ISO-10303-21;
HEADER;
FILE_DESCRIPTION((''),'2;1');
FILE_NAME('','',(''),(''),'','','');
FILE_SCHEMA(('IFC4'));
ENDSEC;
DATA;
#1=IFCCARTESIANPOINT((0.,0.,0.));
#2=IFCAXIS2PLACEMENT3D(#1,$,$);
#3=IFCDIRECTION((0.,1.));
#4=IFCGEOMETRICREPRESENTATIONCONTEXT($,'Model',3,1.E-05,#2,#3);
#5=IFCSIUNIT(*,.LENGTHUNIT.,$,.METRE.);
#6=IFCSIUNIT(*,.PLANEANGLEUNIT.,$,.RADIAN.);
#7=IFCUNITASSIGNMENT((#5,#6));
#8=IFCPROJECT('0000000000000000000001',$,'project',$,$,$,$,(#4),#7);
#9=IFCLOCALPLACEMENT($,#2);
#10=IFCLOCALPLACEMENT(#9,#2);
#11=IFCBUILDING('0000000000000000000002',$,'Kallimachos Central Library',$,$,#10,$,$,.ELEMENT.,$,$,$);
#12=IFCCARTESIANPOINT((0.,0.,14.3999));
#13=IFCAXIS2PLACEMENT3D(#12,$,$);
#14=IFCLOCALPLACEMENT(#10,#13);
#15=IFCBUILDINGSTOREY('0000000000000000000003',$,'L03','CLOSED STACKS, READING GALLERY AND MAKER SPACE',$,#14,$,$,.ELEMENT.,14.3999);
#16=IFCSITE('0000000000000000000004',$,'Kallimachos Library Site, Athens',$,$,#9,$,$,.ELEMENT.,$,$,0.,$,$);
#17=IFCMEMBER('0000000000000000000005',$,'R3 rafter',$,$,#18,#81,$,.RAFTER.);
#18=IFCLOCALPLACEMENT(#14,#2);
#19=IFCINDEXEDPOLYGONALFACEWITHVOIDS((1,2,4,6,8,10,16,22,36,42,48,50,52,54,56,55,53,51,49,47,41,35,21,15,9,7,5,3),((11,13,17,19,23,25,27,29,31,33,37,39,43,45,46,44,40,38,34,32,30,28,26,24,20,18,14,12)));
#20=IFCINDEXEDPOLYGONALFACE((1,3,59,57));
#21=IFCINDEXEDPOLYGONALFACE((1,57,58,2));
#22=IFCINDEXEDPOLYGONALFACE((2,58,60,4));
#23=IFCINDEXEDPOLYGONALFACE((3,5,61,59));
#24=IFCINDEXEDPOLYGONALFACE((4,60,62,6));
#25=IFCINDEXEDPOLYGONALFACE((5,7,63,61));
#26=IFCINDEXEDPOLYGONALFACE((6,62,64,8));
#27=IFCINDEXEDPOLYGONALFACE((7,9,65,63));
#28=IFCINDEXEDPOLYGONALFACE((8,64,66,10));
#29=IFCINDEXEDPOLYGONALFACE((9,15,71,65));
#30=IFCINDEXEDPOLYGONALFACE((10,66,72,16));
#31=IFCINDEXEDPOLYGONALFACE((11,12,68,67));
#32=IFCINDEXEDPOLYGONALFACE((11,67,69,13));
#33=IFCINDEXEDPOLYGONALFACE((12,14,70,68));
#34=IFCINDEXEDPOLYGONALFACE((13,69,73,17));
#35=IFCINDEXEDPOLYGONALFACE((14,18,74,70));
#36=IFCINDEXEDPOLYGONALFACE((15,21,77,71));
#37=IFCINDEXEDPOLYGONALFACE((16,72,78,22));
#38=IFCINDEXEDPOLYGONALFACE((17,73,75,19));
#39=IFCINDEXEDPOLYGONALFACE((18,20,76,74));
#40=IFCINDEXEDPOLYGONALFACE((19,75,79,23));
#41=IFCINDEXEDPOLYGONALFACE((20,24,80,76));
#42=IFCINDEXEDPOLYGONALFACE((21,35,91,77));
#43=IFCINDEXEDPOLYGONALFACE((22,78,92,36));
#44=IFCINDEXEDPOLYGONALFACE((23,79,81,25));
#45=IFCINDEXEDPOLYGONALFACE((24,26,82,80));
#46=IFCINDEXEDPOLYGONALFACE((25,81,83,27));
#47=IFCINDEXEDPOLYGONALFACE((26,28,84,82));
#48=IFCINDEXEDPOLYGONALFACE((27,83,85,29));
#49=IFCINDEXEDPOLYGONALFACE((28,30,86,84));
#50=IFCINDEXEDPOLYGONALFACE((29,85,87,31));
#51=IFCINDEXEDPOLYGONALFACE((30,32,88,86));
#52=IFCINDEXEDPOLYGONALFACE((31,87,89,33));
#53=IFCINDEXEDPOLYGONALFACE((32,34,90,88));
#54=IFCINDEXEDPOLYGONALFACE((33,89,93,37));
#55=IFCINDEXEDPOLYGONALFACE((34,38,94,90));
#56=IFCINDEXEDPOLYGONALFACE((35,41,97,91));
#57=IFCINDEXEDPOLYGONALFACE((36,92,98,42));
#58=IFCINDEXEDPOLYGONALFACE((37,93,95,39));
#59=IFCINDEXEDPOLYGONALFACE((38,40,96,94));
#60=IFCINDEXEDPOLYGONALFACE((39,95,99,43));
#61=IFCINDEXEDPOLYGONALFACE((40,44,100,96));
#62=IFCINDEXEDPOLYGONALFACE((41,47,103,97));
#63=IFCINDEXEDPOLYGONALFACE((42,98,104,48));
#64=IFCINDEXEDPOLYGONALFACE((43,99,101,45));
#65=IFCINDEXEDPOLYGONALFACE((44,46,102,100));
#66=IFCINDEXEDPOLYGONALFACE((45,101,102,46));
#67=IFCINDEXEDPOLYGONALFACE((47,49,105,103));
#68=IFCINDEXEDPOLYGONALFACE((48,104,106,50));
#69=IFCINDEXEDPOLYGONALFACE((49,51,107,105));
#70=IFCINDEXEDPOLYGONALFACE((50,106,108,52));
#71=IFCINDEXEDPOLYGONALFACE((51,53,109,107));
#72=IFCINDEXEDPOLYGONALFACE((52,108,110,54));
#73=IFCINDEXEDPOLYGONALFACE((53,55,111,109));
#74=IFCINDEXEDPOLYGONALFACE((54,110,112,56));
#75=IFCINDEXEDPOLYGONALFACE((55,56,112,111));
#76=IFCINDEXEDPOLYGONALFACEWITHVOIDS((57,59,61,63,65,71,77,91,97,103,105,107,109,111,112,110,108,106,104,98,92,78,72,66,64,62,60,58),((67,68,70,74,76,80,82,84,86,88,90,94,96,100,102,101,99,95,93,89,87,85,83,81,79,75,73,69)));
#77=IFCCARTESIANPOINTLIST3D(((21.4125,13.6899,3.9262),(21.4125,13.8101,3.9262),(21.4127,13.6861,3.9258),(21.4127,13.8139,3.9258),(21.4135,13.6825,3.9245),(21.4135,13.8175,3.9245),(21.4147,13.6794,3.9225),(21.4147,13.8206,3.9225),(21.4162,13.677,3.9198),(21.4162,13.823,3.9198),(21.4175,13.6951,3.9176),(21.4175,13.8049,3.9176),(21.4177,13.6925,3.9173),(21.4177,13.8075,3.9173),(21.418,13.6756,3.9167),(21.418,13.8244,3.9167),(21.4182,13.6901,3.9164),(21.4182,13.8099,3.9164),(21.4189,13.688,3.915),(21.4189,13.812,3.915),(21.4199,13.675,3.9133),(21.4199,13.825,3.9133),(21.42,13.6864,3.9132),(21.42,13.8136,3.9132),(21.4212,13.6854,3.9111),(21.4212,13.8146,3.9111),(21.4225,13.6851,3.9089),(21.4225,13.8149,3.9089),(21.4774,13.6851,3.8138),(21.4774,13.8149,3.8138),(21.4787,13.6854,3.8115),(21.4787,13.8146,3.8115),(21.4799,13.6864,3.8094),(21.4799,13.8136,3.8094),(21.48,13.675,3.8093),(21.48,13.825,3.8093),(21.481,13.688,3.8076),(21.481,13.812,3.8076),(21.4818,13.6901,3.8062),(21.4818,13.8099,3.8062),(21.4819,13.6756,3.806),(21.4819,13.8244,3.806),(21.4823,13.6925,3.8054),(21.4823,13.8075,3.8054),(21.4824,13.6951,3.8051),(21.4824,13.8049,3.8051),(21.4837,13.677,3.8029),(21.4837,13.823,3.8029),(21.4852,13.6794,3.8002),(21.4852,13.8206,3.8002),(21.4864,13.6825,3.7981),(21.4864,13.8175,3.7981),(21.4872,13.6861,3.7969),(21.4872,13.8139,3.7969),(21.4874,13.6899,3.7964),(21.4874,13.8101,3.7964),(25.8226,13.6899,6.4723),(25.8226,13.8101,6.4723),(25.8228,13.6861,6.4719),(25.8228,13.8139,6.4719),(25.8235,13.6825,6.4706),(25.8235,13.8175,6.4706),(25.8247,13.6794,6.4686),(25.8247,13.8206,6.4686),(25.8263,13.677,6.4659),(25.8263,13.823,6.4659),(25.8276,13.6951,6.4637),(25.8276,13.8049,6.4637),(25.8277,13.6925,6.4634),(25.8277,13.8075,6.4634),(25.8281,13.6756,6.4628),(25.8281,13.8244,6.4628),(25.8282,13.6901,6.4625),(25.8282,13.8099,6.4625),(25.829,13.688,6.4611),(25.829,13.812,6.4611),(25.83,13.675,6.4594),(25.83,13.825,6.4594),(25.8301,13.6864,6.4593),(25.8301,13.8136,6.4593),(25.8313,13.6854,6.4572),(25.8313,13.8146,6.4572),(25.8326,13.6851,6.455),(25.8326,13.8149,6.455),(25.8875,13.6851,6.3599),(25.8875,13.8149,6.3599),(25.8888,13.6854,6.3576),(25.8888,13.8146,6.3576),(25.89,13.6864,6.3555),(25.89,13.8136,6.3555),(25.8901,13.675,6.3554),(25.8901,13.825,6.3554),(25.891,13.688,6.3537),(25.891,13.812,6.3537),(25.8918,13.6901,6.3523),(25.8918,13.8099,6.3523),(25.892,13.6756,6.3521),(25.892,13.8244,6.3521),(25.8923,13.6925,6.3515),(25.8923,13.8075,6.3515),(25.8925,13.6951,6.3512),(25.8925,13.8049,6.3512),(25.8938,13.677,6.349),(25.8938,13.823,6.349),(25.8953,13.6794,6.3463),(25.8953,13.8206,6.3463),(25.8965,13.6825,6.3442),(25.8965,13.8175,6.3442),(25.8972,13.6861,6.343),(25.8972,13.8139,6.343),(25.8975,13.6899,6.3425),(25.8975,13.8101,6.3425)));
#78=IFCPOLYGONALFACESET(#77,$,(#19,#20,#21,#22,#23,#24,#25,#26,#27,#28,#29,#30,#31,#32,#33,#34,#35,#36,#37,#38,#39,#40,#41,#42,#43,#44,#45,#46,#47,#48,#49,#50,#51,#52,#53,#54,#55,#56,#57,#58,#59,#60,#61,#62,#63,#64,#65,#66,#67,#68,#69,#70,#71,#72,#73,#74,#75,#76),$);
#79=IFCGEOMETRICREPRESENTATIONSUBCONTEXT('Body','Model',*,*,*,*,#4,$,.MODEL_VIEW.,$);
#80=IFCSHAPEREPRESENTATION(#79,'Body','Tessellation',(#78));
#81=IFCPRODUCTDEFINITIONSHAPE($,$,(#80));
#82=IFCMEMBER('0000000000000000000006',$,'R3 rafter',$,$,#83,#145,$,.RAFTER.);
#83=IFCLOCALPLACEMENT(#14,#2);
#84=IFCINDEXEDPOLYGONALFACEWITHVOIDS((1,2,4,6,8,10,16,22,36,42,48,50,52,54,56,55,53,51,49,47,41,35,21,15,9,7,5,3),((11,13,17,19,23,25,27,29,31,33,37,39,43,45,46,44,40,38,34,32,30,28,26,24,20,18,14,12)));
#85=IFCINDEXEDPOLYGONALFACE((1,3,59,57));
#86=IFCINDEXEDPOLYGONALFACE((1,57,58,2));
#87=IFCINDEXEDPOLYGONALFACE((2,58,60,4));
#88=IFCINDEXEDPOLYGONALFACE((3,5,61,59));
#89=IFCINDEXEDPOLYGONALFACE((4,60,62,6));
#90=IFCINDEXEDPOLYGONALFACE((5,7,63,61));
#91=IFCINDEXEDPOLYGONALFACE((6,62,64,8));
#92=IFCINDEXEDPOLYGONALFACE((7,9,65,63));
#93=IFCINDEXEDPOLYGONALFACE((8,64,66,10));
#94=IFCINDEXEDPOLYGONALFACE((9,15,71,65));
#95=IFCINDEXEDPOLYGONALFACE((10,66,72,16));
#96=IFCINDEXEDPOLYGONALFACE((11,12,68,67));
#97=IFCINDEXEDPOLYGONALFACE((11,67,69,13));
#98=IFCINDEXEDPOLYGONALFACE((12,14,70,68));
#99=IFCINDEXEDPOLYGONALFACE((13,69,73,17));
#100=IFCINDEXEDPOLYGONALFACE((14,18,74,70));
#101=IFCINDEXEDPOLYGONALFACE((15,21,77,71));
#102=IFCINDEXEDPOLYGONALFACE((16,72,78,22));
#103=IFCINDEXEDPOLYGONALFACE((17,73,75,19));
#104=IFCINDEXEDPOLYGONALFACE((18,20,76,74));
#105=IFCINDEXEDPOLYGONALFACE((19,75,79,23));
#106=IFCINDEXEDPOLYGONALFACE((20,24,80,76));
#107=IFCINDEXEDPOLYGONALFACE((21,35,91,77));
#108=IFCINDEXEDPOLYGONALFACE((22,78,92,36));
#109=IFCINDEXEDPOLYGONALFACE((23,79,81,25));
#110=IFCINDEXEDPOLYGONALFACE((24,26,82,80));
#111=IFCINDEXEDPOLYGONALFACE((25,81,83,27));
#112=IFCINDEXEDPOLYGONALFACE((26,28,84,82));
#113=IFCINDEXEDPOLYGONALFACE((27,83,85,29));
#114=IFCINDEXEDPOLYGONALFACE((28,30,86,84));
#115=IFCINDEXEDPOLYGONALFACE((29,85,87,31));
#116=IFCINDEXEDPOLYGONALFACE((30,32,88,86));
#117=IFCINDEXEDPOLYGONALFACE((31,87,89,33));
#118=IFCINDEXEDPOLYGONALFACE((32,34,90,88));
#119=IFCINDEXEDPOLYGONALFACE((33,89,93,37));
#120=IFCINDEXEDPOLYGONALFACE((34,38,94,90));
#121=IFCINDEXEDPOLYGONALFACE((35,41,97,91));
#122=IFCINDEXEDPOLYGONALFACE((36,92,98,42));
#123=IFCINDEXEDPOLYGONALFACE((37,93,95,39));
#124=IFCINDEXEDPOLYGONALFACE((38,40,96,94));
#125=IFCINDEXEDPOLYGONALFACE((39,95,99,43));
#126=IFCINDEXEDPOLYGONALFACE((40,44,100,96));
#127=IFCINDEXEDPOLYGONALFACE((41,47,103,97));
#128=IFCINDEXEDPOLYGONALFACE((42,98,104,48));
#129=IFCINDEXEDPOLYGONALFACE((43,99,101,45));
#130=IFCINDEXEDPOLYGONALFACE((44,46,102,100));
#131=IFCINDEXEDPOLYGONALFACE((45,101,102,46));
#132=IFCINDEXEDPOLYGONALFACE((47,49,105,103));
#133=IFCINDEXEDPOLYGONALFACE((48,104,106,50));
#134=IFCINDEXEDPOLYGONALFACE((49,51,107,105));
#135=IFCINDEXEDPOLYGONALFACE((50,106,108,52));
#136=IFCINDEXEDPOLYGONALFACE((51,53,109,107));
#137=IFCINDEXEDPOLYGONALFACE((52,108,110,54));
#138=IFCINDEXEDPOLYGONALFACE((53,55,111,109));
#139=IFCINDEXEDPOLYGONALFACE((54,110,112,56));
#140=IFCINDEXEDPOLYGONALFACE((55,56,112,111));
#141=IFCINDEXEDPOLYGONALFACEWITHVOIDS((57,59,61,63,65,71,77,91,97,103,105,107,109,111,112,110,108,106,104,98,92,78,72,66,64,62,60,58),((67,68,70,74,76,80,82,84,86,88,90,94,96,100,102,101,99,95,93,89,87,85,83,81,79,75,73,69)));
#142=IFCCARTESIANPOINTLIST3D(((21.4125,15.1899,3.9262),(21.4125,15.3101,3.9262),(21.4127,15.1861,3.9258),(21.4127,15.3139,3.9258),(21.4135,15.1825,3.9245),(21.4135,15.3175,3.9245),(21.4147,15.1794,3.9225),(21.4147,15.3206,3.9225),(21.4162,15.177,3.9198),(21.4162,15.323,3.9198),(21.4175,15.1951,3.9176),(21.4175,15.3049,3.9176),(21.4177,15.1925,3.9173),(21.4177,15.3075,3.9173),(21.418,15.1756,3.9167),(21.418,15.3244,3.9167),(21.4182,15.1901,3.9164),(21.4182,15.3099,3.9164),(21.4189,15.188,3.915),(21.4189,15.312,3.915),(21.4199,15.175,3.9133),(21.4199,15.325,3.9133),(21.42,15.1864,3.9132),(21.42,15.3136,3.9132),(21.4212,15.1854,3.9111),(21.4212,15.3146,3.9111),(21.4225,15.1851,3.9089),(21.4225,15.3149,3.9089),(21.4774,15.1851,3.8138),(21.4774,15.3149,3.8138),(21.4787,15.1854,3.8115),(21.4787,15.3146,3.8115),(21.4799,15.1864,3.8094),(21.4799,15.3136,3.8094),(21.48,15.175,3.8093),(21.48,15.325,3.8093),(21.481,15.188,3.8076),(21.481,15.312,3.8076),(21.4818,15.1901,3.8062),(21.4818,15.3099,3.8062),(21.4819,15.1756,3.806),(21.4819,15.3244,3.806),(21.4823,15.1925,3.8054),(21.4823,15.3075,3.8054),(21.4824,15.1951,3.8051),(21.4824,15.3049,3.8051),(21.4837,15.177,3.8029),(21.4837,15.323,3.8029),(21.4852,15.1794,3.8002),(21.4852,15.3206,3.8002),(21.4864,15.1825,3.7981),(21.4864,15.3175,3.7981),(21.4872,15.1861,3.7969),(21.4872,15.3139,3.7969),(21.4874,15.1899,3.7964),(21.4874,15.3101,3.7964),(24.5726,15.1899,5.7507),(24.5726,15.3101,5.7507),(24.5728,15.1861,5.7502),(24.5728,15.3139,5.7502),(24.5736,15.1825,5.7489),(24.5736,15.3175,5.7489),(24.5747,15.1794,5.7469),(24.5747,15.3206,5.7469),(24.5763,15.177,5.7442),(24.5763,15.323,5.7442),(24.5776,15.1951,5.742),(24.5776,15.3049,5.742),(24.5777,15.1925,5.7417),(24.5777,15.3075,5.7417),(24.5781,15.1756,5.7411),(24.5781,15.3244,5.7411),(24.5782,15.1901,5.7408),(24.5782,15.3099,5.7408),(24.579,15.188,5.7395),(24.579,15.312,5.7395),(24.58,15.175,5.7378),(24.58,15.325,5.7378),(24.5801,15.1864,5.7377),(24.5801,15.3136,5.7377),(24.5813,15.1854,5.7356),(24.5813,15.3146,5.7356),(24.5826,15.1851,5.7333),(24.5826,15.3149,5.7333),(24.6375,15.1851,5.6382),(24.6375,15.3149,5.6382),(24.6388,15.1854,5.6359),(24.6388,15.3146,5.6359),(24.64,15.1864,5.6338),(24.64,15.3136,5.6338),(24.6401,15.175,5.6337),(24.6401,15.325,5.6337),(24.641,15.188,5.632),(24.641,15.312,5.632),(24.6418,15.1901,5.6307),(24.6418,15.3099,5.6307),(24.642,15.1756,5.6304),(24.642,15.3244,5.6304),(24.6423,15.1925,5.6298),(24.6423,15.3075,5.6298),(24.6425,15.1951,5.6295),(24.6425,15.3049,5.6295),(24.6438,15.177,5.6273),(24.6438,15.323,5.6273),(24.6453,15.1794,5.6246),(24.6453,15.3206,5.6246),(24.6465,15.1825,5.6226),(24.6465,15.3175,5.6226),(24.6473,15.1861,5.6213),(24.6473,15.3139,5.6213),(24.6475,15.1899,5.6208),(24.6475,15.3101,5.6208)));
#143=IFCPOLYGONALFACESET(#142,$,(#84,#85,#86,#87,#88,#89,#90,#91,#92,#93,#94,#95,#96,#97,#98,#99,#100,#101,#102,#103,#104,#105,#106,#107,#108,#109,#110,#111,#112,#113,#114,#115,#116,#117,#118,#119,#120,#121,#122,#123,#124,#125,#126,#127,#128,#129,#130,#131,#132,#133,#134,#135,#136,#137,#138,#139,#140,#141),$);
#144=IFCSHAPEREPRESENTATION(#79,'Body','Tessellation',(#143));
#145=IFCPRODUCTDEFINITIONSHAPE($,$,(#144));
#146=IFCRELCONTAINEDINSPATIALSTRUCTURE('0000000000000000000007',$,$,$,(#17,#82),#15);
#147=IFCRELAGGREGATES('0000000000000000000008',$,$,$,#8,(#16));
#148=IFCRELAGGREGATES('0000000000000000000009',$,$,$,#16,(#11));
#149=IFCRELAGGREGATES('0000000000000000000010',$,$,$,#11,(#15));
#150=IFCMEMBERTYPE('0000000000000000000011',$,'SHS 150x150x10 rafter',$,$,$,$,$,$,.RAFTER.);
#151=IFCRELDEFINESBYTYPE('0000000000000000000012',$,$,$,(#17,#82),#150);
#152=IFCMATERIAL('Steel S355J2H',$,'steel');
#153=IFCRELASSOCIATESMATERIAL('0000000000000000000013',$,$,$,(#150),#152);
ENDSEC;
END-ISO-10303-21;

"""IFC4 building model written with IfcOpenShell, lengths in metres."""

from ifc_helpers import new_model, si_unit, direction, frame, origin, origin_2d, place, context, subcontext, project, spatial, hollow_rectangle, extrude, material, material_profile, profile_set, type_object, element, save


model = new_model("IFC4")

# Units and contexts
model_context = context("Model", 3, precision=1e-05, world=origin(), true_north=direction((0.0, 1.0)))
body_context = subcontext(model_context, "Body", "Model", "MODEL_VIEW")
ifc_project = project(units=[si_unit("LENGTHUNIT", "METRE"), si_unit("PLANEANGLEUNIT", "RADIAN")], contexts=[model_context])

# Site, building, storey
site_placement = place(None, origin())
site = spatial("IfcSite", under=ifc_project, at=site_placement, Name="Kallimachos Library Site, Athens", CompositionType="ELEMENT", RefElevation=0.0)
building_placement = place(site_placement, origin())
building = spatial("IfcBuilding", under=site, at=building_placement, Name="Kallimachos Central Library", CompositionType="ELEMENT")
storey_placement = place(building_placement, frame((0.0, 0.0, 14.3999)))
storey = spatial("IfcBuildingStorey", under=building, at=storey_placement, Name="L03", Description="CLOSED STACKS, READING GALLERY AND MAKER SPACE", CompositionType="ELEMENT", Elevation=14.3999)

# Members
ifc_material_1 = material(Name="Steel S355J2H", Category="steel")
ifc_material_profile_1 = material_profile(ifc_material_1, hollow_rectangle(XDim=0.1499, YDim=0.1499, WallThickness=0.01, InnerFilletRadius=0.01, OuterFilletRadius=0.0149, at=origin_2d()), Name="SHS 150x150x10")
ifc_profile_set_1 = profile_set([ifc_material_profile_1], Name="Steel S355J2H")
member_type_1 = type_object("IfcMemberType", Name="SHS 150x150x10 rafter", PredefinedType="RAFTER", material=ifc_profile_set_1)
member_1_placement = place(storey_placement, frame((21.45, 13.75, 3.8613), z_axis=(0.866031, 0.0, 0.499991), x_axis=(0.0, 1.0, 0.0)))
element("IfcMember", 1, at=member_1_placement, inside=storey, type_object=member_type_1, Name="R3 rafter", PredefinedType="RAFTER", context=body_context, shape_type="SweptSolid", body=[
    extrude(hollow_rectangle(XDim=0.1499, YDim=0.1499, WallThickness=0.01, InnerFilletRadius=0.01, OuterFilletRadius=0.0149, at=origin_2d()), origin(), (0.0, 0.0, 1.0), 5.0923),
])
member_2_placement = place(storey_placement, frame((21.45, 15.25, 3.8613), z_axis=(0.866032, 0.0, 0.499989), x_axis=(0.0, 1.0, 0.0)))
element("IfcMember", 2, at=member_2_placement, inside=storey, type_object=member_type_1, Name="R3 rafter", PredefinedType="RAFTER", context=body_context, shape_type="SweptSolid", body=[
    extrude(hollow_rectangle(XDim=0.1499, YDim=0.1499, WallThickness=0.01, InnerFilletRadius=0.01, OuterFilletRadius=0.0149, at=origin_2d()), origin(), (0.0, 0.0, 1.0), 3.6489),
])

save(model, "model.ifc")
